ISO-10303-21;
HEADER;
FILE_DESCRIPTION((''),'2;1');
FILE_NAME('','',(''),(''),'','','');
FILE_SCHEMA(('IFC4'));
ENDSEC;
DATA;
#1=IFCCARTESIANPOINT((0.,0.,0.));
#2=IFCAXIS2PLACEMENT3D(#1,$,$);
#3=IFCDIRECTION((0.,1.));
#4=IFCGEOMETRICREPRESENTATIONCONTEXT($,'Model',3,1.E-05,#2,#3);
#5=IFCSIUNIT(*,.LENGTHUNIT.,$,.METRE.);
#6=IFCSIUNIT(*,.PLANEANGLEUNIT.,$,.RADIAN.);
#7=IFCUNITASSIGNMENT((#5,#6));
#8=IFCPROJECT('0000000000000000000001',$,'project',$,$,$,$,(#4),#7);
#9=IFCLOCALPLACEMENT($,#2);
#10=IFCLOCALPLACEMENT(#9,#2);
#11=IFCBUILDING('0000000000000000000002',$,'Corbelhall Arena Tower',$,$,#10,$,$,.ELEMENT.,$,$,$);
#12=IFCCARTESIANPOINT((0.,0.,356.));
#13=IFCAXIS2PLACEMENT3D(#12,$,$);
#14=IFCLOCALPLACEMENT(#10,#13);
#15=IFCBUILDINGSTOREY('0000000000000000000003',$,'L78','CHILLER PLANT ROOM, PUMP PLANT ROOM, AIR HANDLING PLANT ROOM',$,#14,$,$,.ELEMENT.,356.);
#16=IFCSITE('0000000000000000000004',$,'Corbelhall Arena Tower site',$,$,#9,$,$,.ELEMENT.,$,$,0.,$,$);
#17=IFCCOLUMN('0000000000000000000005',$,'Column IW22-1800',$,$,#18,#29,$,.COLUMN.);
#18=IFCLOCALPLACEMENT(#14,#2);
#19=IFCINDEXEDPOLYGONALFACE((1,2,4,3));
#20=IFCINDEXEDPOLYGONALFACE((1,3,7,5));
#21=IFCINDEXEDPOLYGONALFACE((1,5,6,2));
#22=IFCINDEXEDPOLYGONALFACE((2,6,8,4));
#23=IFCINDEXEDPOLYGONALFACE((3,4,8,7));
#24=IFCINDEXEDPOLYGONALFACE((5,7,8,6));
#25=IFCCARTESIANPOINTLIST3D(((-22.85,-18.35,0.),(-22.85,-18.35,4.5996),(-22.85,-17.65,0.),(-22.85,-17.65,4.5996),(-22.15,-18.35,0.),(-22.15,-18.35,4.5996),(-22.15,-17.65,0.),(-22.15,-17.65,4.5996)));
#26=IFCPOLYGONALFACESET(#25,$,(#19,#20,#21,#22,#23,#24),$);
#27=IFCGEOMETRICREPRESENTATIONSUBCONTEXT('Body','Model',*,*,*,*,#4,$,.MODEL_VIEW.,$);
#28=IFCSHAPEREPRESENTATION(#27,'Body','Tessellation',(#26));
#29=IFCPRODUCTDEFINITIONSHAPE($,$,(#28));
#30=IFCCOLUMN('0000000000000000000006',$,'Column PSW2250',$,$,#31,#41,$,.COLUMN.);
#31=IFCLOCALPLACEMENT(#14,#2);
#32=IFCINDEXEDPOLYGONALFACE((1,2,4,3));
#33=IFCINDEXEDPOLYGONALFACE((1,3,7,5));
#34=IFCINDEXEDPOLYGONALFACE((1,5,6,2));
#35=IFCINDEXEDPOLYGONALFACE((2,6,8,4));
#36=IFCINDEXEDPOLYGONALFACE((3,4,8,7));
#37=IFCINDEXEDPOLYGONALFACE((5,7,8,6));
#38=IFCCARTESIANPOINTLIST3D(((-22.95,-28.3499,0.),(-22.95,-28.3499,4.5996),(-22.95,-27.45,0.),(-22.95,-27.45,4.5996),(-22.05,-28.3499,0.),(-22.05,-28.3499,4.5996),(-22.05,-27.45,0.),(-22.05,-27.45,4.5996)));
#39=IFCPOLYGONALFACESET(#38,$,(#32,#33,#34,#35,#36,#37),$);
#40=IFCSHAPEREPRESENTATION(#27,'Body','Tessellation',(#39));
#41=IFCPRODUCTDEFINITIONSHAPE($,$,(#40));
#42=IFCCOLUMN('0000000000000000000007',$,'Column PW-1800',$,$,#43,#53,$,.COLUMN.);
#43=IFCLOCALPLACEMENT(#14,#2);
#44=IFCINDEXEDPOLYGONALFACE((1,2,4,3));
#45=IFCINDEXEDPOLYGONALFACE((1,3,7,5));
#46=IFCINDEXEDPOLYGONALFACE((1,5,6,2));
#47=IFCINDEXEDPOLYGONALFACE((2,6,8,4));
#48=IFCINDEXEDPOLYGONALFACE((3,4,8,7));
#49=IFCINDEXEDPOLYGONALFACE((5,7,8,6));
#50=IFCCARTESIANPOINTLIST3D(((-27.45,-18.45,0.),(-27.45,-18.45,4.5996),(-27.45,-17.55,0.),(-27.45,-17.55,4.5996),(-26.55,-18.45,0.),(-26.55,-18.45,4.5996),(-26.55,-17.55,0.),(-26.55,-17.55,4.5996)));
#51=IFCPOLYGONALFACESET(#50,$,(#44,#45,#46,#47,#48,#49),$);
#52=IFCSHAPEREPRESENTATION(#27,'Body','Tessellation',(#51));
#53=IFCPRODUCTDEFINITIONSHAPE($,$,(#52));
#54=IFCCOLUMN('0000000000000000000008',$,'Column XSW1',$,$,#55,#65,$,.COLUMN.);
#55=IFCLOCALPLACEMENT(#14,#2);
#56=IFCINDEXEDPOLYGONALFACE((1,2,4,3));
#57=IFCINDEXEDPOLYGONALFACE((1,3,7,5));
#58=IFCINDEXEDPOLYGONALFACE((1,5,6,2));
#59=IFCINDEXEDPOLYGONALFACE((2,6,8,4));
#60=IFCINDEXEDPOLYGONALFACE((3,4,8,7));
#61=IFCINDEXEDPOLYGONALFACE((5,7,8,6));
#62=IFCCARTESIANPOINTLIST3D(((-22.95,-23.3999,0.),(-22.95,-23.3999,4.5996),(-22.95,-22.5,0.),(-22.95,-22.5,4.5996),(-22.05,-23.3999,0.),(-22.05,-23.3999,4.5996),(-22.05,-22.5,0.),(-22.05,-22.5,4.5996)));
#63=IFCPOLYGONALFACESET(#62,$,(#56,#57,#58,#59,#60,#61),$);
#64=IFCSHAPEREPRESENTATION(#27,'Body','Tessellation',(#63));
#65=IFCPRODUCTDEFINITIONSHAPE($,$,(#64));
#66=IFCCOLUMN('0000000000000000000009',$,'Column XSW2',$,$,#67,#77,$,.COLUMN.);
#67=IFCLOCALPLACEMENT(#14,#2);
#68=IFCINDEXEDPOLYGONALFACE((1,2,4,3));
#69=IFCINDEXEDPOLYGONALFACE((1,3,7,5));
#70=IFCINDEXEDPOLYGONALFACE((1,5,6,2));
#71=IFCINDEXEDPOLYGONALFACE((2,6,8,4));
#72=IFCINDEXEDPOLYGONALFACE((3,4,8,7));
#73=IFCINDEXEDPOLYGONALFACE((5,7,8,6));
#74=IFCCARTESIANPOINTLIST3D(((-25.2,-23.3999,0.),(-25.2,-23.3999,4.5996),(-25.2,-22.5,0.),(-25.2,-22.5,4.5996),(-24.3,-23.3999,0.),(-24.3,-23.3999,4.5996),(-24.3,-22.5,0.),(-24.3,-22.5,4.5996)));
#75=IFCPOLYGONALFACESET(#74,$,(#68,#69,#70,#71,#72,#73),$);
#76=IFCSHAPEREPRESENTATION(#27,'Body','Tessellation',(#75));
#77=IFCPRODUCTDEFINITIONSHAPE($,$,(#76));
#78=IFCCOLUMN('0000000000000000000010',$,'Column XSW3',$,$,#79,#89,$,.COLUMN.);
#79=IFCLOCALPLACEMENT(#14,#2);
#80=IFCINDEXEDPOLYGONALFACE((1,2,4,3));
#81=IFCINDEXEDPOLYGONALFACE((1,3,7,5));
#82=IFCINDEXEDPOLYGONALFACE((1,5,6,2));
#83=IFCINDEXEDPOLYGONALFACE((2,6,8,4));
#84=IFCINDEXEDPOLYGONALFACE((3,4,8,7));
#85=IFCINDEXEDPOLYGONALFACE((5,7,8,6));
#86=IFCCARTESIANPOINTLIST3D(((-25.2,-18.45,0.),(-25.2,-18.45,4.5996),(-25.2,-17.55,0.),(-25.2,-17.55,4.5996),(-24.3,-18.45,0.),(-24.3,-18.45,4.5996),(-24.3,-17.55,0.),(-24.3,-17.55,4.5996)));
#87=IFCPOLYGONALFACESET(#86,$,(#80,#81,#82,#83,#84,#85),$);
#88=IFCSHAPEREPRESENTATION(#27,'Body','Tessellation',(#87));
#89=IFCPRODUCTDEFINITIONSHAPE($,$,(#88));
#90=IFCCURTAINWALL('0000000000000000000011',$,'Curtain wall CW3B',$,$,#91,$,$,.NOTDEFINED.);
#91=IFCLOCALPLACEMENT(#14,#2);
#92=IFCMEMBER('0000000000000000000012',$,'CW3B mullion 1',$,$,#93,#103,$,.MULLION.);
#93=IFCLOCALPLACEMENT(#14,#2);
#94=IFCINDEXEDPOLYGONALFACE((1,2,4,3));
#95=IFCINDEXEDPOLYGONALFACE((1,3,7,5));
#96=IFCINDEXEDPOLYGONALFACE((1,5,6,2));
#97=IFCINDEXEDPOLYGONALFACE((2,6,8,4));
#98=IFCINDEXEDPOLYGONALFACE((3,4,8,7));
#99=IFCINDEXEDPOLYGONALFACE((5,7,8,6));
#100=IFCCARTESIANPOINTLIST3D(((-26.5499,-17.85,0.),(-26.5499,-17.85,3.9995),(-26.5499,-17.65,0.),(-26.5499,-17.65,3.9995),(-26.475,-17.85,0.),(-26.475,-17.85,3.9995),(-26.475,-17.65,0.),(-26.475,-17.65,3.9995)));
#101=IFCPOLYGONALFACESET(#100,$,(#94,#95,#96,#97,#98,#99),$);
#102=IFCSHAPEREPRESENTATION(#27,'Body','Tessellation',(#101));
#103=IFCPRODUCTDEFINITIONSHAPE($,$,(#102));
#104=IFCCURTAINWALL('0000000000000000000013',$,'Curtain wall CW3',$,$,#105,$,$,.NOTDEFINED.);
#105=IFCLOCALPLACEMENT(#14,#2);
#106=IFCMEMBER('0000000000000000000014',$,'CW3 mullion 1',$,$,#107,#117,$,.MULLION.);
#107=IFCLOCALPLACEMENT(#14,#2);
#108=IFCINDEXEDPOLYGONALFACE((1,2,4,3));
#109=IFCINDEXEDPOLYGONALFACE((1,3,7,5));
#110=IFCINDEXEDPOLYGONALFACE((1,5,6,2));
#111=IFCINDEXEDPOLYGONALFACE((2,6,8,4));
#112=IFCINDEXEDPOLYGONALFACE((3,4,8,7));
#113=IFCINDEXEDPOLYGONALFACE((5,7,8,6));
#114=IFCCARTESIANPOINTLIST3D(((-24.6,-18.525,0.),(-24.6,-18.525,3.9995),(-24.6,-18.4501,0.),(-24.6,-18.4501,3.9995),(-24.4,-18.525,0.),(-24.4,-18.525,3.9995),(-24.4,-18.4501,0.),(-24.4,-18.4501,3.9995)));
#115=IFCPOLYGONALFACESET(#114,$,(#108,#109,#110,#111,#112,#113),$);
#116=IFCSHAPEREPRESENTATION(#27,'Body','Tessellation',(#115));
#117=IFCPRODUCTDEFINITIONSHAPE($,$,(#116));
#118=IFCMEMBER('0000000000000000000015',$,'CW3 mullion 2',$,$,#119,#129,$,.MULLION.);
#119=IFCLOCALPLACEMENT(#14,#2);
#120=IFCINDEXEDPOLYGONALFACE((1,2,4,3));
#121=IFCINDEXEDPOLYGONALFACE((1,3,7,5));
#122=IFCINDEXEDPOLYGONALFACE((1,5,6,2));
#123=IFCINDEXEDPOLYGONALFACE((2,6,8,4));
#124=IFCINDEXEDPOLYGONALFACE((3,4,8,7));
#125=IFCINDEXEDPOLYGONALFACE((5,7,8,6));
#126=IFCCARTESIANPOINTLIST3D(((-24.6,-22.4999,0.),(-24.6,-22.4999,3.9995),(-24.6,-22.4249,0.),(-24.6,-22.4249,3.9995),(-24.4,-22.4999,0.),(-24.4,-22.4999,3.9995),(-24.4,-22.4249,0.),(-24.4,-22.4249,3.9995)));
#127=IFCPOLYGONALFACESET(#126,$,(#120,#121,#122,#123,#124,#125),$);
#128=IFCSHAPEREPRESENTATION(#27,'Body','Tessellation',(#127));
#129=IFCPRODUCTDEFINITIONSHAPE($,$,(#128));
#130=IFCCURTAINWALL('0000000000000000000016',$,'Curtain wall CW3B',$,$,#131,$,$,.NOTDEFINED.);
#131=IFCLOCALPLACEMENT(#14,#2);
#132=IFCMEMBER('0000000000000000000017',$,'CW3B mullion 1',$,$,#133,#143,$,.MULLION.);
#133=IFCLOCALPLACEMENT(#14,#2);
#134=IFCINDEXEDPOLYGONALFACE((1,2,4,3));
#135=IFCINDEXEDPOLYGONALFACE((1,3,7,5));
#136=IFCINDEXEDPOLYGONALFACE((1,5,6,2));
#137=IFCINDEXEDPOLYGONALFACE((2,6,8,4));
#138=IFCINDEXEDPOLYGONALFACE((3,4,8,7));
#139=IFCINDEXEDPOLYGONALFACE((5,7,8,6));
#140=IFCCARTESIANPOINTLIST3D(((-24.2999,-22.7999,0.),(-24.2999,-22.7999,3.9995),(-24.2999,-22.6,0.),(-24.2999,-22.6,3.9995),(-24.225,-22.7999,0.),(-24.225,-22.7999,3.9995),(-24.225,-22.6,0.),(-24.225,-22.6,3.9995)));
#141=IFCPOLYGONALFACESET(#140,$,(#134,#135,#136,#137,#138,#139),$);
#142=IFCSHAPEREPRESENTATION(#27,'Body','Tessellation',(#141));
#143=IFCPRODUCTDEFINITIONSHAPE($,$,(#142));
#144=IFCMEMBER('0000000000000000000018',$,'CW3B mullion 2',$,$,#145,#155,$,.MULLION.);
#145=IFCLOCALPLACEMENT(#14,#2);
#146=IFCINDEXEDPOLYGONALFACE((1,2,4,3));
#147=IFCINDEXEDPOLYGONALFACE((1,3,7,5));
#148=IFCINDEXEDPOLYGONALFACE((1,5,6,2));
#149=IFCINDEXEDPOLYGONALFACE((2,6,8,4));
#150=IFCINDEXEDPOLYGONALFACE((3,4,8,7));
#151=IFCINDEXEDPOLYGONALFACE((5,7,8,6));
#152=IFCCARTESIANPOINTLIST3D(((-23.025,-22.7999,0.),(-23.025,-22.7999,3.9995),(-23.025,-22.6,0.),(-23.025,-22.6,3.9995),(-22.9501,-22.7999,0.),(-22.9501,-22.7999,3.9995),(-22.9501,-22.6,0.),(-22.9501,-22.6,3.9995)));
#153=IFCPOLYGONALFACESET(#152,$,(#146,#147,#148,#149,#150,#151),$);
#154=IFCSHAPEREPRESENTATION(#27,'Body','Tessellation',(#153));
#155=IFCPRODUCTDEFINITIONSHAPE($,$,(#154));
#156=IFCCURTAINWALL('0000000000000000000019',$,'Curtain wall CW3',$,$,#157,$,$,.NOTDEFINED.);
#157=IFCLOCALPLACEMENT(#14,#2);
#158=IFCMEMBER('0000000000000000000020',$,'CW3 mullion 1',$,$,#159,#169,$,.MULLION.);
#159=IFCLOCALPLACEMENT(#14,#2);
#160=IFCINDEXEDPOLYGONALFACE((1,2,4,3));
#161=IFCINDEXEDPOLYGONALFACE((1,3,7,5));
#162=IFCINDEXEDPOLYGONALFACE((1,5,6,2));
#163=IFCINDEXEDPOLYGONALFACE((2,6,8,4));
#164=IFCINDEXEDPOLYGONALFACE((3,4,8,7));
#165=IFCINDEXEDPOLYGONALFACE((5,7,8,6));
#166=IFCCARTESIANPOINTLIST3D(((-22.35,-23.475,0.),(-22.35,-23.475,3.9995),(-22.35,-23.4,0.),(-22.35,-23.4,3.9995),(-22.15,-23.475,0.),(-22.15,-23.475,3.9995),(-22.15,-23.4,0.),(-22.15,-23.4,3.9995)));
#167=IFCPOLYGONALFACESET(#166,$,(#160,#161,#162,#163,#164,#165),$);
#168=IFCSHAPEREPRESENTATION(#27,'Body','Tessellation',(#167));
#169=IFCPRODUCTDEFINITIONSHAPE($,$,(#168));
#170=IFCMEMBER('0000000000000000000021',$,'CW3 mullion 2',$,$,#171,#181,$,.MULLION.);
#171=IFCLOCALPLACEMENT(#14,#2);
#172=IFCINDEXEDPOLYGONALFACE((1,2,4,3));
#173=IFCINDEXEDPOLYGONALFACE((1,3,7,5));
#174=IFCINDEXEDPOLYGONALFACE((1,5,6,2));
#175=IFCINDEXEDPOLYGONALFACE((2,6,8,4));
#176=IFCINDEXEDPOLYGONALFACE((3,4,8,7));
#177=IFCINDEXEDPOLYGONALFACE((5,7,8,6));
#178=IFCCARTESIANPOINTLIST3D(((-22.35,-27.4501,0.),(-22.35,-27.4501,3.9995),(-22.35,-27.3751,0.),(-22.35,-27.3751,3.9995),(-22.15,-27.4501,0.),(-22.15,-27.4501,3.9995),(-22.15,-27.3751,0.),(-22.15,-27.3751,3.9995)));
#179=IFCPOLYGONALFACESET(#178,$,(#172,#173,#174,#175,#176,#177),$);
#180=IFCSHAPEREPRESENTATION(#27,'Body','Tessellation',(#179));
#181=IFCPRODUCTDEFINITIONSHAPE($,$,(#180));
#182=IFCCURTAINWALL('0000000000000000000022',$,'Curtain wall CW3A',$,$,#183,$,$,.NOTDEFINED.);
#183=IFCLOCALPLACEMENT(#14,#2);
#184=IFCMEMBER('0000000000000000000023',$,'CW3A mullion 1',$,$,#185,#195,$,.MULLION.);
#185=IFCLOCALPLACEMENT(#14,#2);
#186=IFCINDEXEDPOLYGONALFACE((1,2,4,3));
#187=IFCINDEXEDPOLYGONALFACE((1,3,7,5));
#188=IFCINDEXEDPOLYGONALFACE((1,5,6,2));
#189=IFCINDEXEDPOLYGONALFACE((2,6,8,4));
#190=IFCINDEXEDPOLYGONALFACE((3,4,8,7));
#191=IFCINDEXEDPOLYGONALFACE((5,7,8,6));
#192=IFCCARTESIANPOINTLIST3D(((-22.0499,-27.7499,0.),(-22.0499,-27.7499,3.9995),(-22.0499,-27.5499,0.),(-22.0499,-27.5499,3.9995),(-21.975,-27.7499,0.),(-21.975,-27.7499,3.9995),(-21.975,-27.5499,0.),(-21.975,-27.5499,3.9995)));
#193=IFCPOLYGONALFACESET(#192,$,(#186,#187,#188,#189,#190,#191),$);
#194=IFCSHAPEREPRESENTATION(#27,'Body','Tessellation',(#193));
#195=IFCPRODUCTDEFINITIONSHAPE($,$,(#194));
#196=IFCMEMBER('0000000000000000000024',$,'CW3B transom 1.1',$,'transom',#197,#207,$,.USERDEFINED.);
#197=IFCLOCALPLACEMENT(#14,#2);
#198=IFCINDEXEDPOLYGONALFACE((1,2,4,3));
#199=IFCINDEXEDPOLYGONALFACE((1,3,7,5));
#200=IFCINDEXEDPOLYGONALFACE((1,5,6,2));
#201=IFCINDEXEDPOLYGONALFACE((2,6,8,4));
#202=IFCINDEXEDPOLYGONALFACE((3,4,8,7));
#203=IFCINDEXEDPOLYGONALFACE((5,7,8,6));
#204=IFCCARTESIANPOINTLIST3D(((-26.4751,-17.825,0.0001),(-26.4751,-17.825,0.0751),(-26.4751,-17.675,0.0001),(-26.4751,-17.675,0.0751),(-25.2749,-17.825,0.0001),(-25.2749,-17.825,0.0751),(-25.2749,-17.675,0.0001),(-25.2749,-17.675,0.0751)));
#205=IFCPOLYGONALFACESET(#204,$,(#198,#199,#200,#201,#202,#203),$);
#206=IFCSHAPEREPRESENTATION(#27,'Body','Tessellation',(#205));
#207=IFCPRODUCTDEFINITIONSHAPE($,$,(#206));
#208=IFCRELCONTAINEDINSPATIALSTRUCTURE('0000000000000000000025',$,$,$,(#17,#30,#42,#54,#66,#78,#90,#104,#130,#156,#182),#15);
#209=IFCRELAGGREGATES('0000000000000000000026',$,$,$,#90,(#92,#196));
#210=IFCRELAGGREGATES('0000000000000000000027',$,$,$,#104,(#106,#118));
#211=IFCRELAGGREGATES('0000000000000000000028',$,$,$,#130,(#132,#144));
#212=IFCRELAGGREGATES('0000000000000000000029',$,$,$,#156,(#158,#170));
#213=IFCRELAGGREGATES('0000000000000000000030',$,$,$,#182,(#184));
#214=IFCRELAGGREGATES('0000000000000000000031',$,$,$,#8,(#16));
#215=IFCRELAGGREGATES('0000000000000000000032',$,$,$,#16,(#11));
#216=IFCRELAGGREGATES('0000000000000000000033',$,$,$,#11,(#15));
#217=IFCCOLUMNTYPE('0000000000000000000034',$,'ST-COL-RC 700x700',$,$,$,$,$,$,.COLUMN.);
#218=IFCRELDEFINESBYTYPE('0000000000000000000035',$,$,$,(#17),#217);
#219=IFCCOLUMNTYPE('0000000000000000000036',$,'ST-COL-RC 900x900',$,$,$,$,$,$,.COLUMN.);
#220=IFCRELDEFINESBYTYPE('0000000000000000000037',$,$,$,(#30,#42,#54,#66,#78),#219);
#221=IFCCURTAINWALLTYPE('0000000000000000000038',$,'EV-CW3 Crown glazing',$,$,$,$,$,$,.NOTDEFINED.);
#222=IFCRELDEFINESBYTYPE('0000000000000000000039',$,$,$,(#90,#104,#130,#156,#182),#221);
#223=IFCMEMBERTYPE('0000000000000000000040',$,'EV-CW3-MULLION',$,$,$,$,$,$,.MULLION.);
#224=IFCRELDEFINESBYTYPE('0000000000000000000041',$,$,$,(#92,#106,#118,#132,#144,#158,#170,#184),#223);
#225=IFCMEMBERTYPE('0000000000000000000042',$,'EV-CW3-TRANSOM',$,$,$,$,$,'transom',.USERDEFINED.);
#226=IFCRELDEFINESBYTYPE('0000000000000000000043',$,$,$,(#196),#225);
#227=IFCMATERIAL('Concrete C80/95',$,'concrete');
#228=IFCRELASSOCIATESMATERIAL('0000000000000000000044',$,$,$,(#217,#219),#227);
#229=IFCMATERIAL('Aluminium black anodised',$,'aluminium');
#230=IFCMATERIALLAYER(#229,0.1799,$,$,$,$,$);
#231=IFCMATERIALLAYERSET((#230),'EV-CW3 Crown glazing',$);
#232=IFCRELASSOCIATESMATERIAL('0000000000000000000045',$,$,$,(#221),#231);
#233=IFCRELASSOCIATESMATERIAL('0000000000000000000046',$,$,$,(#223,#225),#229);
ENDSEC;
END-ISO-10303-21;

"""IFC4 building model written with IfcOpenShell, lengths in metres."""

from ifc_helpers import new_model, si_unit, direction, frame, origin, origin_2d, place, context, subcontext, project, spatial, rectangle, extrude, material, layer, layer_set, material_profile, profile_set, type_object, element, aggregate, save


model = new_model("IFC4")

# Units and contexts
model_context = context("Model", 3, precision=1e-05, world=origin(), true_north=direction((0.0, 1.0)))
body_context = subcontext(model_context, "Body", "Model", "MODEL_VIEW")
ifc_project = project(units=[si_unit("LENGTHUNIT", "METRE"), si_unit("PLANEANGLEUNIT", "RADIAN")], contexts=[model_context])

# Site, building, storey
site_placement = place(None, origin())
site = spatial("IfcSite", under=ifc_project, at=site_placement, Name="Corbelhall Arena Tower site", CompositionType="ELEMENT", RefElevation=0.0)
building_placement = place(site_placement, origin())
building = spatial("IfcBuilding", under=site, at=building_placement, Name="Corbelhall Arena Tower", CompositionType="ELEMENT")
storey_placement = place(building_placement, frame((0.0, 0.0, 356.0)))
storey = spatial("IfcBuildingStorey", under=building, at=storey_placement, Name="L78", Description="CHILLER PLANT ROOM, PUMP PLANT ROOM, AIR HANDLING PLANT ROOM", CompositionType="ELEMENT", Elevation=356.0)

# Columns
ifc_material_1 = material(Name="Concrete C80/95", Category="concrete")
ifc_material_profile_1 = material_profile(ifc_material_1, rectangle(XDim=0.7, YDim=0.7, at=origin_2d()))
ifc_profile_set_1 = profile_set([ifc_material_profile_1], Name="Concrete C80/95")
column_type_1 = type_object("IfcColumnType", Name="ST-COL-RC 700x700", PredefinedType="COLUMN", material=ifc_profile_set_1)
column_placement = place(storey_placement, frame((-22.5, -18.0, 0.0), z_axis=(0.0, 0.0, 1.0), x_axis=(1.0, 0.0, 0.0)))
element("IfcColumn", 1, at=column_placement, inside=storey, type_object=column_type_1, Name="Column IW22-1800", PredefinedType="COLUMN", context=body_context, shape_type="SweptSolid", body=[
    extrude(rectangle(XDim=0.7, YDim=0.7, at=origin_2d()), origin(), (0.0, 0.0, 1.0), 4.5996),
])
ifc_material_profile_2 = material_profile(ifc_material_1, rectangle(XDim=0.8999, YDim=0.8999, at=origin_2d()))
ifc_profile_set_2 = profile_set([ifc_material_profile_2], Name="Concrete C80/95")
column_type_2 = type_object("IfcColumnType", Name="ST-COL-RC 900x900", PredefinedType="COLUMN", material=ifc_profile_set_2)
for number, where, z_axis, x_axis, name in (
    (2, (-22.5, -27.8999, 0.0), (0.0, 0.0, 1.0), (1.0, 0.0, 0.0), "Column PSW2250"),
    (3, (-27.0, -18.0, 0.0), (0.0, 0.0, 1.0), (0.0, 1.0, 0.0), "Column PW-1800"),
    (4, (-22.5, -22.95, 0.0), (0.0, 0.0, 1.0), (1.0, 0.0, 0.0), "Column XSW1"),
    (5, (-24.75, -22.95, 0.0), (0.0, 0.0, 1.0), (1.0, 0.0, 0.0), "Column XSW2"),
    (6, (-24.75, -18.0, 0.0), (0.0, 0.0, 1.0), (1.0, 0.0, 0.0), "Column XSW3"),
):
    element("IfcColumn", number, at=place(storey_placement, frame(where, z_axis=z_axis, x_axis=x_axis)), inside=storey, type_object=column_type_2, Name=name, PredefinedType="COLUMN", context=body_context, shape_type="SweptSolid", body=[
        extrude(rectangle(XDim=0.8999, YDim=0.8999, at=origin_2d()), origin(), (0.0, 0.0, 1.0), 4.5996),
    ])

# Curtain wall, member
ifc_material_2 = material(Name="Aluminium black anodised", Category="aluminium")
ifc_layer_1 = layer(ifc_material_2, 0.1799)
ifc_layer_set_1 = layer_set([ifc_layer_1], Name="EV-CW3 Crown glazing")
curtain_wall_type = type_object("IfcCurtainWallType", Name="EV-CW3 Crown glazing", PredefinedType="NOTDEFINED", material=ifc_layer_set_1)
curtain_wall_1_placement = place(storey_placement, origin())
curtain_wall_1 = element("IfcCurtainWall", 7, at=curtain_wall_1_placement, inside=storey, type_object=curtain_wall_type, Name="Curtain wall CW3B", PredefinedType="NOTDEFINED")
ifc_material_profile_3 = material_profile(ifc_material_2, rectangle(XDim=0.2, YDim=0.075, at=origin_2d()))
ifc_profile_set_3 = profile_set([ifc_material_profile_3], Name="Aluminium black anodised")
member_type_1 = type_object("IfcMemberType", Name="EV-CW3-MULLION", PredefinedType="MULLION", material=ifc_profile_set_3)
member_1_placement = place(storey_placement, frame((-26.5125, -17.75, 0.0), z_axis=(0.0, 0.0, 1.0), x_axis=(0.0, 1.0, 0.0)))
member_1 = element("IfcMember", 8, at=member_1_placement, type_object=member_type_1, Name="CW3B mullion 1", PredefinedType="MULLION", context=body_context, shape_type="SweptSolid", body=[
    extrude(rectangle(XDim=0.2, YDim=0.075, at=origin_2d()), origin(), (0.0, 0.0, 1.0), 3.9995),
])

# Curtain walls, members
curtain_wall_2_placement = place(storey_placement, origin())
curtain_wall_2 = element("IfcCurtainWall", 9, at=curtain_wall_2_placement, inside=storey, type_object=curtain_wall_type, Name="Curtain wall CW3", PredefinedType="NOTDEFINED")
member_2_placement = place(storey_placement, frame((-24.5, -18.4875, 0.0), z_axis=(0.0, 0.0, 1.0), x_axis=(1.0, 0.0, 0.0)))
member_2 = element("IfcMember", 10, at=member_2_placement, type_object=member_type_1, Name="CW3 mullion 1", PredefinedType="MULLION", context=body_context, shape_type="SweptSolid", body=[
    extrude(rectangle(XDim=0.2, YDim=0.075, at=origin_2d()), origin(), (0.0, 0.0, 1.0), 3.9995),
])
member_3_placement = place(storey_placement, frame((-24.5, -22.4624, 0.0), z_axis=(0.0, 0.0, 1.0), x_axis=(1.0, 0.0, 0.0)))
member_3 = element("IfcMember", 11, at=member_3_placement, type_object=member_type_1, Name="CW3 mullion 2", PredefinedType="MULLION", context=body_context, shape_type="SweptSolid", body=[
    extrude(rectangle(XDim=0.2, YDim=0.075, at=origin_2d()), origin(), (0.0, 0.0, 1.0), 3.9995),
])
curtain_wall_3_placement = place(storey_placement, origin())
curtain_wall_3 = element("IfcCurtainWall", 12, at=curtain_wall_3_placement, inside=storey, type_object=curtain_wall_type, Name="Curtain wall CW3B", PredefinedType="NOTDEFINED")
member_4_placement = place(storey_placement, frame((-24.2625, -22.7, 0.0), z_axis=(0.0, 0.0, 1.0), x_axis=(0.0, 1.0, 0.0)))
member_4 = element("IfcMember", 13, at=member_4_placement, type_object=member_type_1, Name="CW3B mullion 1", PredefinedType="MULLION", context=body_context, shape_type="SweptSolid", body=[
    extrude(rectangle(XDim=0.2, YDim=0.075, at=origin_2d()), origin(), (0.0, 0.0, 1.0), 3.9995),
])
member_5_placement = place(storey_placement, frame((-22.9875, -22.7, 0.0), z_axis=(0.0, 0.0, 1.0), x_axis=(0.0, 1.0, 0.0)))
member_5 = element("IfcMember", 14, at=member_5_placement, type_object=member_type_1, Name="CW3B mullion 2", PredefinedType="MULLION", context=body_context, shape_type="SweptSolid", body=[
    extrude(rectangle(XDim=0.2, YDim=0.075, at=origin_2d()), origin(), (0.0, 0.0, 1.0), 3.9995),
])
curtain_wall_4_placement = place(storey_placement, origin())
curtain_wall_4 = element("IfcCurtainWall", 15, at=curtain_wall_4_placement, inside=storey, type_object=curtain_wall_type, Name="Curtain wall CW3", PredefinedType="NOTDEFINED")
member_6_placement = place(storey_placement, frame((-22.25, -23.4375, 0.0), z_axis=(0.0, 0.0, 1.0), x_axis=(1.0, 0.0, 0.0)))
member_6 = element("IfcMember", 16, at=member_6_placement, type_object=member_type_1, Name="CW3 mullion 1", PredefinedType="MULLION", context=body_context, shape_type="SweptSolid", body=[
    extrude(rectangle(XDim=0.2, YDim=0.075, at=origin_2d()), origin(), (0.0, 0.0, 1.0), 3.9995),
])
member_7_placement = place(storey_placement, frame((-22.25, -27.4126, 0.0), z_axis=(0.0, 0.0, 1.0), x_axis=(1.0, 0.0, 0.0)))
member_7 = element("IfcMember", 17, at=member_7_placement, type_object=member_type_1, Name="CW3 mullion 2", PredefinedType="MULLION", context=body_context, shape_type="SweptSolid", body=[
    extrude(rectangle(XDim=0.2, YDim=0.075, at=origin_2d()), origin(), (0.0, 0.0, 1.0), 3.9995),
])

# Curtain wall, member
curtain_wall_5_placement = place(storey_placement, origin())
curtain_wall_5 = element("IfcCurtainWall", 18, at=curtain_wall_5_placement, inside=storey, type_object=curtain_wall_type, Name="Curtain wall CW3A", PredefinedType="NOTDEFINED")
member_8_placement = place(storey_placement, frame((-22.0125, -27.6499, 0.0), z_axis=(0.0, 0.0, 1.0), x_axis=(0.0, 1.0, 0.0)))
member_8 = element("IfcMember", 19, at=member_8_placement, type_object=member_type_1, Name="CW3A mullion 1", PredefinedType="MULLION", context=body_context, shape_type="SweptSolid", body=[
    extrude(rectangle(XDim=0.2, YDim=0.075, at=origin_2d()), origin(), (0.0, 0.0, 1.0), 3.9995),
])

# Member
ifc_material_profile_4 = material_profile(ifc_material_2, rectangle(XDim=0.1499, YDim=0.075, at=origin_2d()))
ifc_profile_set_4 = profile_set([ifc_material_profile_4], Name="Aluminium black anodised")
member_type_2 = type_object("IfcMemberType", Name="EV-CW3-TRANSOM", ElementType="transom", PredefinedType="USERDEFINED", material=ifc_profile_set_4)
member_9_placement = place(storey_placement, frame((-26.4751, -17.75, 0.0376), z_axis=(1.0, 0.0, 0.0), x_axis=(0.0, 1.0, 0.0)))
member_9 = element("IfcMember", 20, at=member_9_placement, type_object=member_type_2, Name="CW3B transom 1.1", ObjectType="transom", PredefinedType="USERDEFINED", context=body_context, shape_type="SweptSolid", body=[
    extrude(rectangle(XDim=0.1499, YDim=0.075, at=origin_2d()), origin(), (0.0, 0.0, 1.0), 1.2002),
])
aggregate(curtain_wall_1, [member_1, member_9])

aggregate(curtain_wall_2, [member_2, member_3])
aggregate(curtain_wall_3, [member_4, member_5])
aggregate(curtain_wall_4, [member_6, member_7])
aggregate(curtain_wall_5, [member_8])

save(model, "model.ifc")
